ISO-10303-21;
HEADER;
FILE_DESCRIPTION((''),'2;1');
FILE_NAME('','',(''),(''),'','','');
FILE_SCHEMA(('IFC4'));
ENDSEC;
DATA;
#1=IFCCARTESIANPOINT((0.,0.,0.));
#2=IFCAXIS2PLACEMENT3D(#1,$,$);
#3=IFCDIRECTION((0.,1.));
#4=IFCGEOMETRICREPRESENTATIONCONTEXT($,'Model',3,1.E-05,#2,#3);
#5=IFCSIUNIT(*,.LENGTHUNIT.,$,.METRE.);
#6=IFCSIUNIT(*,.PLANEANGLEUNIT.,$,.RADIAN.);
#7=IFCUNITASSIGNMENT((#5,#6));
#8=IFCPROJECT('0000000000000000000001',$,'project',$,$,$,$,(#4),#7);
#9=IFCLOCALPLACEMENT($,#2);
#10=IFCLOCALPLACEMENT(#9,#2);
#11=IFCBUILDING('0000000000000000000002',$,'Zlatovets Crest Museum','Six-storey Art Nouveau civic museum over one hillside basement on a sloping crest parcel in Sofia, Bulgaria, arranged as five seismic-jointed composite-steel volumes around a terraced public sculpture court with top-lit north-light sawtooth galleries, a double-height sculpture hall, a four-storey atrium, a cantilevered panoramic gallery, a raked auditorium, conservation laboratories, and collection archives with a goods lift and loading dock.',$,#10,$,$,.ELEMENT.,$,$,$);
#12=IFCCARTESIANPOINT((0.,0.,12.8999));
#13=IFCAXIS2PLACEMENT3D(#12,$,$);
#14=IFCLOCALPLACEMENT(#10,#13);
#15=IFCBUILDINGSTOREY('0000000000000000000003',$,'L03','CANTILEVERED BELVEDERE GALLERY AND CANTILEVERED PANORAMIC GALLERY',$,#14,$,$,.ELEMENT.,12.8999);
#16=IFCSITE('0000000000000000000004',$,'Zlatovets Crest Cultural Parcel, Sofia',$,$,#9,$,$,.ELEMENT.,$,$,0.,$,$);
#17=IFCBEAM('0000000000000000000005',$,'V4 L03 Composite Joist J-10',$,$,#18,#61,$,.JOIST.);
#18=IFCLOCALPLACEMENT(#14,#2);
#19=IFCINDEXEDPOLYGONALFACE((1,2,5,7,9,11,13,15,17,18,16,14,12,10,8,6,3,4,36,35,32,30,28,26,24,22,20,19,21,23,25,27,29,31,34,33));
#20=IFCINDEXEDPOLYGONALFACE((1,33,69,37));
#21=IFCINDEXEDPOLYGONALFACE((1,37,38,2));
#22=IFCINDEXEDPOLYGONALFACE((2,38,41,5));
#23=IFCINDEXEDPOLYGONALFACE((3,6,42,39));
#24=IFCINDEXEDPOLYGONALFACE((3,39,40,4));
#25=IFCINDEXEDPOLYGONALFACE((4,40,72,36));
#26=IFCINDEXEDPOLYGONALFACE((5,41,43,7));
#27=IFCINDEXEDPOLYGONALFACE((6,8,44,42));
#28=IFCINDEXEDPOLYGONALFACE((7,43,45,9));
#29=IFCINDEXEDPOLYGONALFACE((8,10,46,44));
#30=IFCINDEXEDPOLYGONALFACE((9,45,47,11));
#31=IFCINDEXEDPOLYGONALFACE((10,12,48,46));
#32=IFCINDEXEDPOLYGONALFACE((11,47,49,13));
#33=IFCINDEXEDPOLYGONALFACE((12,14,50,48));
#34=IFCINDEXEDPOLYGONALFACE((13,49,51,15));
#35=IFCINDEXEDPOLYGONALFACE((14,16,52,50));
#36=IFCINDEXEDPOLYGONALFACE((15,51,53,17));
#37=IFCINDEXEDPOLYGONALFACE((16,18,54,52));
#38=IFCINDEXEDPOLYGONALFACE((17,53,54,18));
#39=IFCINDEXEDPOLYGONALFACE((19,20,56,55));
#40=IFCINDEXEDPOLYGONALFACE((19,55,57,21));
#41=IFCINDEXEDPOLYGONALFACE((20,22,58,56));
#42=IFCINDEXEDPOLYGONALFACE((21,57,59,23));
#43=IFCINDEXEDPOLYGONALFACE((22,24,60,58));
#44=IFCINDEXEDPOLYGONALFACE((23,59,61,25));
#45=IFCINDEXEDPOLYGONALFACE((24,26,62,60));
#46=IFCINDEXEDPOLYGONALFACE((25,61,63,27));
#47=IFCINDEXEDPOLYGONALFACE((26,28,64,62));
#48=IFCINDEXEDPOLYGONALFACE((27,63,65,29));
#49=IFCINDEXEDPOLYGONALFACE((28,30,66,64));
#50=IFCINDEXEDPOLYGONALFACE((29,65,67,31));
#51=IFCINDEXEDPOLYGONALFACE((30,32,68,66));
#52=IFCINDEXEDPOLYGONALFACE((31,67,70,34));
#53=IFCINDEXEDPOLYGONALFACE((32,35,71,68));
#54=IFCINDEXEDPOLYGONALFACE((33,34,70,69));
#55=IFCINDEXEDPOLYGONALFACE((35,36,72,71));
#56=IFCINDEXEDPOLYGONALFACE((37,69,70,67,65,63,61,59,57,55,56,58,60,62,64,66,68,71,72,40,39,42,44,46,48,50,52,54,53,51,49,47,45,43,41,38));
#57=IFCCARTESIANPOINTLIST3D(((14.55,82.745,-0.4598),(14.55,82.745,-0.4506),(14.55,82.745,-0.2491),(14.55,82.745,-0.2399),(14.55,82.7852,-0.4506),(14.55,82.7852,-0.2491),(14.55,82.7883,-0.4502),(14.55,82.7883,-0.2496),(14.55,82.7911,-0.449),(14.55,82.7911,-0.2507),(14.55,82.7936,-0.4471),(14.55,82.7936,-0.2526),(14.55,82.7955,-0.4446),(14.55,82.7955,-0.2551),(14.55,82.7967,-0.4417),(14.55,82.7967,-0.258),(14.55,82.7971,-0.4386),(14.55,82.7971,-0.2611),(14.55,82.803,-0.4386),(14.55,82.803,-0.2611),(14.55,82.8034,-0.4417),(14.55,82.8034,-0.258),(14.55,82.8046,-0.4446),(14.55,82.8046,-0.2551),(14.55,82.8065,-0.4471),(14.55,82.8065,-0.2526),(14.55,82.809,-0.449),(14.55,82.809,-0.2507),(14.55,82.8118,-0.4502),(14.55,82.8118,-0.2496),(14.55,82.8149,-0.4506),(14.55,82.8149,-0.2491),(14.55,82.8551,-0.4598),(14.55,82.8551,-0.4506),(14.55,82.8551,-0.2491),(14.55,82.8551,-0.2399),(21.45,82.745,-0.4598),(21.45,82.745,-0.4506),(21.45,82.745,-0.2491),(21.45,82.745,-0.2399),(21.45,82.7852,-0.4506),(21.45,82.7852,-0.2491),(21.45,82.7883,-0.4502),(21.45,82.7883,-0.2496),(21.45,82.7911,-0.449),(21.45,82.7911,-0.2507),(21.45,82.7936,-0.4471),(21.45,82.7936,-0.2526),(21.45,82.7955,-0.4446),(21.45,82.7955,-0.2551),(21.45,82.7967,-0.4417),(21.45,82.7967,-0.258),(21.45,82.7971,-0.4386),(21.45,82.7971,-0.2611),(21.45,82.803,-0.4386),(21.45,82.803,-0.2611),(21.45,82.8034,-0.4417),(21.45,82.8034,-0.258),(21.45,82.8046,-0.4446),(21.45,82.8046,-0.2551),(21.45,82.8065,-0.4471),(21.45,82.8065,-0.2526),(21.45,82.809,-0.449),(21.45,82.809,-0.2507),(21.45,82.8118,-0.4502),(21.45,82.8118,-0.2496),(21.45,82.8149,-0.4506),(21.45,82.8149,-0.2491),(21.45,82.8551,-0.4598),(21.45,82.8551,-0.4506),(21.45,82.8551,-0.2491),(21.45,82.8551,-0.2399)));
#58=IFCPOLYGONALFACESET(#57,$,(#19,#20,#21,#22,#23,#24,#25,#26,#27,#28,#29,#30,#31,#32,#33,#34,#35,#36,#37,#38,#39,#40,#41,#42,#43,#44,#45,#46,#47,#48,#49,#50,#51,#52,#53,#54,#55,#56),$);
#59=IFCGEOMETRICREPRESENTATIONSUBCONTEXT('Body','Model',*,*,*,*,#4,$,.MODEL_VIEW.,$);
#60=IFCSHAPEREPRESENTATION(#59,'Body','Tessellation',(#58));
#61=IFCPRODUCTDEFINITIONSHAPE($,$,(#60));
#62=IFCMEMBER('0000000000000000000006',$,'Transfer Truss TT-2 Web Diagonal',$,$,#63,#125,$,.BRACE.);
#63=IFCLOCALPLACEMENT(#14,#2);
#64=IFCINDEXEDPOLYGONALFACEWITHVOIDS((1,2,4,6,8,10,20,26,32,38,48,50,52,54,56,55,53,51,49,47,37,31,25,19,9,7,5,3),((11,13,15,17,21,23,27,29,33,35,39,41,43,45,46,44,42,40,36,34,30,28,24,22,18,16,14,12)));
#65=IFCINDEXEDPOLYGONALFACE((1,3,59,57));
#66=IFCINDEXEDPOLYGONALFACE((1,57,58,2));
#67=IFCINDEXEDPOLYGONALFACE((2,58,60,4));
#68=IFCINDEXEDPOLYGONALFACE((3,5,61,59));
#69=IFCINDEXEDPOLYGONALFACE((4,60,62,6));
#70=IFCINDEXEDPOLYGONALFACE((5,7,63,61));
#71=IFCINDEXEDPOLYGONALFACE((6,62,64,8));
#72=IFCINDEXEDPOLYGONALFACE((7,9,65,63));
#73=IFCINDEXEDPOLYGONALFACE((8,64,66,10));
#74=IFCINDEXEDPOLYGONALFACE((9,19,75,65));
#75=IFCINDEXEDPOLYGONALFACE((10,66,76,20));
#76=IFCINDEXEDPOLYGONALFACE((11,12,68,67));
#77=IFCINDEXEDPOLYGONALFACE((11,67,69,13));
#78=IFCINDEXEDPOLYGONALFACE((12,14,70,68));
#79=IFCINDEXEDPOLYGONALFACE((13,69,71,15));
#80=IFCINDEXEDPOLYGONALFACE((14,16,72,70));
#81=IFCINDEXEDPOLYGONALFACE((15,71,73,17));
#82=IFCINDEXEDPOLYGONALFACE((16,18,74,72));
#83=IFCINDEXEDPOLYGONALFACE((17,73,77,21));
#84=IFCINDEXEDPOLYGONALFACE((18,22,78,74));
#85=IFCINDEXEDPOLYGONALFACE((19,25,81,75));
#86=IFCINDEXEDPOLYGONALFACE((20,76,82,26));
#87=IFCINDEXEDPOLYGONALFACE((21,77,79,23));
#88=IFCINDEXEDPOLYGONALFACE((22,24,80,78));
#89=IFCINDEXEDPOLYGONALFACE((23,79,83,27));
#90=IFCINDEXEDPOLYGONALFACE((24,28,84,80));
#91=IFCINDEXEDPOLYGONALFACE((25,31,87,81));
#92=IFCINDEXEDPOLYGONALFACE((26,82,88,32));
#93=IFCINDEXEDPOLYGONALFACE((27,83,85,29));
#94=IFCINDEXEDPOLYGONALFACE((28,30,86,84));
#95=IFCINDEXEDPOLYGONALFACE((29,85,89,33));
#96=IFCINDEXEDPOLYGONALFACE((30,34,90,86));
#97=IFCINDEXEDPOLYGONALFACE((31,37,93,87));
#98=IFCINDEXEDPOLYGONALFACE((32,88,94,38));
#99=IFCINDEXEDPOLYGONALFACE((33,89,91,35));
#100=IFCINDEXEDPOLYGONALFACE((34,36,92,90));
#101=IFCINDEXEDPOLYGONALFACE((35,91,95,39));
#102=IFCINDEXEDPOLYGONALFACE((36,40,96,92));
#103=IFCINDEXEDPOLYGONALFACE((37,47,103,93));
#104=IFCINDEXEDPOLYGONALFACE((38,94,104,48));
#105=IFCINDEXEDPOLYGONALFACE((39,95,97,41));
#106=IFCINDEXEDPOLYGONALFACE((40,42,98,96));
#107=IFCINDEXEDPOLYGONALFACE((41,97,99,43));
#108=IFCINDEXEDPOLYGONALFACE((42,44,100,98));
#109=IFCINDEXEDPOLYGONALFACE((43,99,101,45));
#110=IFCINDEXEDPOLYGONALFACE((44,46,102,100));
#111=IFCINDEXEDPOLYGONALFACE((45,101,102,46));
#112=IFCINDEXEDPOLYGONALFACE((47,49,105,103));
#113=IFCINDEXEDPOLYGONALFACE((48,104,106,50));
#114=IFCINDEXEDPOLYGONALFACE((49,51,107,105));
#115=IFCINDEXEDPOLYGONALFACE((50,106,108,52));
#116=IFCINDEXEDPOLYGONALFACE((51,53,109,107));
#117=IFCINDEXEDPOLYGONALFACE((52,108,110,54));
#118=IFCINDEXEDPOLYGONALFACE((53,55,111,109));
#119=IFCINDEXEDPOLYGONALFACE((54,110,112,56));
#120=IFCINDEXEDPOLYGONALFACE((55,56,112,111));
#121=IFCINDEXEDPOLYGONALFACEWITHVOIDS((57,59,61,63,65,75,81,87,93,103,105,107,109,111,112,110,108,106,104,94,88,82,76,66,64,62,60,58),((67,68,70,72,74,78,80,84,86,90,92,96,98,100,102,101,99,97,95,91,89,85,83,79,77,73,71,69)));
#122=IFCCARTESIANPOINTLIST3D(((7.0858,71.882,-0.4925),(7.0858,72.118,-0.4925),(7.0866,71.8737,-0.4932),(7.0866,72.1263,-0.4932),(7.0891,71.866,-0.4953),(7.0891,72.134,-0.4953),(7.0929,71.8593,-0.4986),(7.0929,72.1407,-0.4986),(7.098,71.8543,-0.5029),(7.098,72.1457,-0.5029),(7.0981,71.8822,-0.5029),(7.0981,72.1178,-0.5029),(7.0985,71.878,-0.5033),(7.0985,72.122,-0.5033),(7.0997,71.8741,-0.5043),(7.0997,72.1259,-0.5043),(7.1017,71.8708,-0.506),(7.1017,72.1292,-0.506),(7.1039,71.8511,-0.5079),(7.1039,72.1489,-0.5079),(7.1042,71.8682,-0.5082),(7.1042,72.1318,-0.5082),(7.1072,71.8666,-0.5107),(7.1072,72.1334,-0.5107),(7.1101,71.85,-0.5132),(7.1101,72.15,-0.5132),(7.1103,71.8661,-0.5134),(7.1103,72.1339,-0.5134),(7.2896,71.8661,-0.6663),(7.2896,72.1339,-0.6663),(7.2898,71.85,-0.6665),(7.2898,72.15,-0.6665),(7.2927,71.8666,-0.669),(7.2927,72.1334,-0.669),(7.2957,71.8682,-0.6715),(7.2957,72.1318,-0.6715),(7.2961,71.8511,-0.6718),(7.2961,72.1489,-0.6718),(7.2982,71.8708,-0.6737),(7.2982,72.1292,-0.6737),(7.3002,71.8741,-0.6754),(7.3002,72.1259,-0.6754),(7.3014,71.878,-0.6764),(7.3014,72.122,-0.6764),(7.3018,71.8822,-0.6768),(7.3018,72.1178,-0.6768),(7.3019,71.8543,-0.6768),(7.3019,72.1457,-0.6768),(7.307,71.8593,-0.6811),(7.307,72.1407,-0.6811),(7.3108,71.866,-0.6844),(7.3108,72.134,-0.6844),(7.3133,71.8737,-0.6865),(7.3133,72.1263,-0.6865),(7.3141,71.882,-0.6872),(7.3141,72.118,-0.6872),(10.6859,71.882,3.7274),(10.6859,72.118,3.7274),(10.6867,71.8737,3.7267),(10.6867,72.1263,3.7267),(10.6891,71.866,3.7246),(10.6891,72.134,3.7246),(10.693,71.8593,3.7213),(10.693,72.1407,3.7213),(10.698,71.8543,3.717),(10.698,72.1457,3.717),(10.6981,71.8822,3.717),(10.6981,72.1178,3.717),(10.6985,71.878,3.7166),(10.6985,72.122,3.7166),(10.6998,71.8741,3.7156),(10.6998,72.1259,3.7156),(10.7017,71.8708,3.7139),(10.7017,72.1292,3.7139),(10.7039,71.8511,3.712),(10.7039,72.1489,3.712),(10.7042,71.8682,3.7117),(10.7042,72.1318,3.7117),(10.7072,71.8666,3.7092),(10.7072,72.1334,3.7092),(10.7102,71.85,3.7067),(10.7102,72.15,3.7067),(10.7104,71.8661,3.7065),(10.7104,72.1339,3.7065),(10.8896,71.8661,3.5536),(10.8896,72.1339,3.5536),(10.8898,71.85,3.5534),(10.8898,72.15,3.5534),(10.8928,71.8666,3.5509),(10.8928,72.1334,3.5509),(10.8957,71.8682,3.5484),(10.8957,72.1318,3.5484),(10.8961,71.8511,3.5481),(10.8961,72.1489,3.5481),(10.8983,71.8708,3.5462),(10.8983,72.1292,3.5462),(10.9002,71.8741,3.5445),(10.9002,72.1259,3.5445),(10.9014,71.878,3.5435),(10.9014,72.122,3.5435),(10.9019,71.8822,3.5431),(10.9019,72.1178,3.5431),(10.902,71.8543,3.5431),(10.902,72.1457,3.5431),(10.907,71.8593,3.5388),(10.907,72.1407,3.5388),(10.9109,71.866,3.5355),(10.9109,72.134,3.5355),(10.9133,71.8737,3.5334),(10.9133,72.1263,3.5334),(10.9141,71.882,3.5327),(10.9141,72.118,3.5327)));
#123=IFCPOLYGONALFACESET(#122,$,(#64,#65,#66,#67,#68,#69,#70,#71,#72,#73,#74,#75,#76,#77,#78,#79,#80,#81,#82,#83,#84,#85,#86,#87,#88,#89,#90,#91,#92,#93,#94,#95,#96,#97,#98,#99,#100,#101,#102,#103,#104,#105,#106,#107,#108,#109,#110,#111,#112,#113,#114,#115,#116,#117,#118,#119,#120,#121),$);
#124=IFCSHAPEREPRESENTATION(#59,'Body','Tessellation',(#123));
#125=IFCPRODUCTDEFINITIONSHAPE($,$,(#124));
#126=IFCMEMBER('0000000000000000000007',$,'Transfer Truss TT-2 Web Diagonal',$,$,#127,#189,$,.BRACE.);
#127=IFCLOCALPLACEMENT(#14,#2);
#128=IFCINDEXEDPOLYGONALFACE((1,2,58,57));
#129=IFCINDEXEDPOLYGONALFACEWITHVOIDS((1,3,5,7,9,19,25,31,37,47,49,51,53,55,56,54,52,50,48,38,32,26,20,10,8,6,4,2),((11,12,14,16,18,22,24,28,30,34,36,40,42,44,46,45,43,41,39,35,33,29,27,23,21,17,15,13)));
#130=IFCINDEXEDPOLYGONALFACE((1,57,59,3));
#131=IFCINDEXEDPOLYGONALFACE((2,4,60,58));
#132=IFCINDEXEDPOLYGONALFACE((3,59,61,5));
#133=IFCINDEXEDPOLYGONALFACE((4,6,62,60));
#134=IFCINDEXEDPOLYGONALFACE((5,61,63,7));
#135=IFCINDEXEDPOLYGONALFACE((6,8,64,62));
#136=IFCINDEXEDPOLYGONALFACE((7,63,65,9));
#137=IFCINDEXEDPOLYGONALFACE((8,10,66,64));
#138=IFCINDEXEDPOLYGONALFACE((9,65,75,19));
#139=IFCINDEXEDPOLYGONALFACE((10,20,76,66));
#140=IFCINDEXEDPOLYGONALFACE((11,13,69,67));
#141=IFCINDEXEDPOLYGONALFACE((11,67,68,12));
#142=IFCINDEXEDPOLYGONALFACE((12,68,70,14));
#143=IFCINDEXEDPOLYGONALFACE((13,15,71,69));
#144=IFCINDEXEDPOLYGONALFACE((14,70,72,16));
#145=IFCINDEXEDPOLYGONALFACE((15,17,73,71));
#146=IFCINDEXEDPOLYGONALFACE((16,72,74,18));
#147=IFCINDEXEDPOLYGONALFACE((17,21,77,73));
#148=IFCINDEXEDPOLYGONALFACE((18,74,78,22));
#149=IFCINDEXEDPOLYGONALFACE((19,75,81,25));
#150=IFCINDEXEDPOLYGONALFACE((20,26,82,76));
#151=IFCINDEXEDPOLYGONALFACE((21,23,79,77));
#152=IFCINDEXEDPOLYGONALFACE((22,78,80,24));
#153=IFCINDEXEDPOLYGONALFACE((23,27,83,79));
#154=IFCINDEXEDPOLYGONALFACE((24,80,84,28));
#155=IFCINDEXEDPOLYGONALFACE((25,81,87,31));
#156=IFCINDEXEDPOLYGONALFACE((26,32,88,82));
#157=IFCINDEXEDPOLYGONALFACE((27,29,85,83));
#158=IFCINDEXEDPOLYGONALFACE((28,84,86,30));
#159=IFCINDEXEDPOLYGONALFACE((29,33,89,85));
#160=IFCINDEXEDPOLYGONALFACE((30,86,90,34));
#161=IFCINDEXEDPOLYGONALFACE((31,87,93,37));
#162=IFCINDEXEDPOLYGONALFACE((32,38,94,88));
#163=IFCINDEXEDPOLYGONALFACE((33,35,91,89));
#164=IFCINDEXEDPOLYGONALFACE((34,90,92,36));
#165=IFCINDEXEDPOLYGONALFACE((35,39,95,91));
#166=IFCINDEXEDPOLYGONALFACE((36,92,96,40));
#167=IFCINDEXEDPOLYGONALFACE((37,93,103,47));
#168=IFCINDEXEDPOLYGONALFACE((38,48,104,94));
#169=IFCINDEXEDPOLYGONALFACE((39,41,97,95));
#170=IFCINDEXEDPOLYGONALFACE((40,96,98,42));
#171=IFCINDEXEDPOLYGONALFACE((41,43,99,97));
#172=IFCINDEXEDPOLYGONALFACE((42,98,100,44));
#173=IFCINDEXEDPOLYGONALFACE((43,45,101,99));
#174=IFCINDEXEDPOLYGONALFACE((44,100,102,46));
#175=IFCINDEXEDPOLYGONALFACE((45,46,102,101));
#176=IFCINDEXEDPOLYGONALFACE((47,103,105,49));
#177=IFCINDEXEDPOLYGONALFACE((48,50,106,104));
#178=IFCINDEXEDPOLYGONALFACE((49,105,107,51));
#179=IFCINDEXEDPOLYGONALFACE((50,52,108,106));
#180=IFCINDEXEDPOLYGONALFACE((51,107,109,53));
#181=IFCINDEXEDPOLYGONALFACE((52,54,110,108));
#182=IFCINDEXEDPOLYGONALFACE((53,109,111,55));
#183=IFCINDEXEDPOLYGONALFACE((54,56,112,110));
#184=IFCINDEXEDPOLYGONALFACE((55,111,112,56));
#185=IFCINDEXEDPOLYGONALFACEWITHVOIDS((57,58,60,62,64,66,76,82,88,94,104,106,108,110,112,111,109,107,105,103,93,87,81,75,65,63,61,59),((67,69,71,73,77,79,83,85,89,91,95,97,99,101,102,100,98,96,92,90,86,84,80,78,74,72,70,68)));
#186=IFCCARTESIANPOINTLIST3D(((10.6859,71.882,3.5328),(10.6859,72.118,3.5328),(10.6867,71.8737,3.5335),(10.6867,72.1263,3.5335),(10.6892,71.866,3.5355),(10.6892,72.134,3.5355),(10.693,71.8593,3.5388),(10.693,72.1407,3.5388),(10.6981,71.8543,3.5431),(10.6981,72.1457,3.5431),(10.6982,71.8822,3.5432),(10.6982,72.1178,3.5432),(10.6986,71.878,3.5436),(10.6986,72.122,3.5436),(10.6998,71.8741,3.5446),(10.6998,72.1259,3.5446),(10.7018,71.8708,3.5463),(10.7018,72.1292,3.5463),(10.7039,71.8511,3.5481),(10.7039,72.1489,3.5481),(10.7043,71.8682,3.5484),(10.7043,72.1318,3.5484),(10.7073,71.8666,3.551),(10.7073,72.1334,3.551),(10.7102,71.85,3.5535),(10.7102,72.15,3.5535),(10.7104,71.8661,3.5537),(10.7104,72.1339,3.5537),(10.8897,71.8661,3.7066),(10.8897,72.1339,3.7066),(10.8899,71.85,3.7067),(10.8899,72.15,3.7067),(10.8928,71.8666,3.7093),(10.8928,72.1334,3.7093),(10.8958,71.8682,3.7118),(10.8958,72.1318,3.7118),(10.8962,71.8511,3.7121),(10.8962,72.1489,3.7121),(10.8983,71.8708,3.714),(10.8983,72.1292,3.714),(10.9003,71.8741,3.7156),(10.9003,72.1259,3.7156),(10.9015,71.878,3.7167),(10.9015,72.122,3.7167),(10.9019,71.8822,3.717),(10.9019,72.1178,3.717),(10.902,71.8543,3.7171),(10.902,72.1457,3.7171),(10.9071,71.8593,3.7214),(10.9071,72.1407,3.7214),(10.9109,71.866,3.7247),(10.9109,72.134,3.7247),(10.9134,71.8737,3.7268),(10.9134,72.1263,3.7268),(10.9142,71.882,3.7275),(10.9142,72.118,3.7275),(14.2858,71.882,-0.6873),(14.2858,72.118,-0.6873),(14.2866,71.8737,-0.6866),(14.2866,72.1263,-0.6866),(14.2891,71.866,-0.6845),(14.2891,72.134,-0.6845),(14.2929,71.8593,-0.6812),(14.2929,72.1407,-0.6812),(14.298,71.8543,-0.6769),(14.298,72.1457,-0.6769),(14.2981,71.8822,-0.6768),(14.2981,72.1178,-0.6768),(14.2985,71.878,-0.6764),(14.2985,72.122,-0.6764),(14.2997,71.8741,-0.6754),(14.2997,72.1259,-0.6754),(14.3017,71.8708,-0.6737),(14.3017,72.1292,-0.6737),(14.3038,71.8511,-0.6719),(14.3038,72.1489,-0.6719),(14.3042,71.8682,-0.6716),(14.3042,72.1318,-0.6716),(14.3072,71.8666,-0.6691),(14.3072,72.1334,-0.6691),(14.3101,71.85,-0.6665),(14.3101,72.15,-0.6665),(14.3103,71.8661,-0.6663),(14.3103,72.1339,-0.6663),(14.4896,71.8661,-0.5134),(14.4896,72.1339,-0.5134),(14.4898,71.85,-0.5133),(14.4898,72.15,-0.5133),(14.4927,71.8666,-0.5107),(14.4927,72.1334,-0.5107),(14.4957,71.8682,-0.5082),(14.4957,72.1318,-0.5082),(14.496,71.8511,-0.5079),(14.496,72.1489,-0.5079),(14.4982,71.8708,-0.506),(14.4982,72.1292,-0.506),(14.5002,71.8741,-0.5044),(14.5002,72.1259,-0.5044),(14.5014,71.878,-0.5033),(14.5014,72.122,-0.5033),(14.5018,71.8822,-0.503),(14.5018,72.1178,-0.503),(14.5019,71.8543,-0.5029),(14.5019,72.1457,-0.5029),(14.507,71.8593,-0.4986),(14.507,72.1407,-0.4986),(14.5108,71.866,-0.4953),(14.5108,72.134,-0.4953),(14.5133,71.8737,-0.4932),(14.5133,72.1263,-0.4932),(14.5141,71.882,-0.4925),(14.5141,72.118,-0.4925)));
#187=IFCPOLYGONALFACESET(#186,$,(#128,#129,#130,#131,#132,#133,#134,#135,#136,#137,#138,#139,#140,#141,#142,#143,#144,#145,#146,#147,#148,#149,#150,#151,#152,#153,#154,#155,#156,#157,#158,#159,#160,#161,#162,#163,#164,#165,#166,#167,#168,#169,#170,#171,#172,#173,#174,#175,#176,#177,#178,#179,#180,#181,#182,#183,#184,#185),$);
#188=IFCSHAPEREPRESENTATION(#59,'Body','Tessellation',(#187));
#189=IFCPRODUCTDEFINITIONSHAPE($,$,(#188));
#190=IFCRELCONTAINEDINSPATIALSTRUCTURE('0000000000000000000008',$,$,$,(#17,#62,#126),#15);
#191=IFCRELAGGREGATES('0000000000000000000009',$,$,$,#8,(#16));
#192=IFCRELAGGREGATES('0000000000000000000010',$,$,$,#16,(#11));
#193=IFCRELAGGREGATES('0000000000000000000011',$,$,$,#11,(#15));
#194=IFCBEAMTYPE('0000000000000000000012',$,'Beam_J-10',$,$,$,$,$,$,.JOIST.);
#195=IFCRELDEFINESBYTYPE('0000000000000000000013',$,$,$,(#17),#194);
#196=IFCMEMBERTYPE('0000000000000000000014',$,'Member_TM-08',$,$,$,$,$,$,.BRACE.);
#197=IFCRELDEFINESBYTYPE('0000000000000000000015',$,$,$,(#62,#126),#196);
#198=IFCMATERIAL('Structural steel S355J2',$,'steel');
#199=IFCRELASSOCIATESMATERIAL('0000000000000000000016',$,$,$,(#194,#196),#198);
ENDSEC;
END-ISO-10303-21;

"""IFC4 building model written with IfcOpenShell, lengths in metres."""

from ifc_helpers import new_model, si_unit, direction, frame, origin, origin_2d, place, context, subcontext, project, spatial, hollow_rectangle, i_section, extrude, material, material_profile, profile_set, type_object, element, save


model = new_model("IFC4")

# Units and contexts
model_context = context("Model", 3, precision=1e-05, world=origin(), true_north=direction((0.0, 1.0)))
body_context = subcontext(model_context, "Body", "Model", "MODEL_VIEW")
ifc_project = project(units=[si_unit("LENGTHUNIT", "METRE"), si_unit("PLANEANGLEUNIT", "RADIAN")], contexts=[model_context])

# Site, building, storey
site_placement = place(None, origin())
site = spatial("IfcSite", under=ifc_project, at=site_placement, Name="Zlatovets Crest Cultural Parcel, Sofia", CompositionType="ELEMENT", RefElevation=0.0)
building_placement = place(site_placement, origin())
building = spatial("IfcBuilding", under=site, at=building_placement, Name="Zlatovets Crest Museum", Description="Six-storey Art Nouveau civic museum over one hillside basement on a sloping crest parcel in Sofia, Bulgaria, arranged as five seismic-jointed composite-steel volumes around a terraced public sculpture court with top-lit north-light sawtooth galleries, a double-height sculpture hall, a four-storey atrium, a cantilevered panoramic gallery, a raked auditorium, conservation laboratories, and collection archives with a goods lift and loading dock.", CompositionType="ELEMENT")
storey_placement = place(building_placement, frame((0.0, 0.0, 12.8999)))
storey = spatial("IfcBuildingStorey", under=building, at=storey_placement, Name="L03", Description="CANTILEVERED BELVEDERE GALLERY AND CANTILEVERED PANORAMIC GALLERY", CompositionType="ELEMENT", Elevation=12.8999)

# Shared definitions
ifc_material = material(Name="Structural steel S355J2", Category="steel")

# Beam
ifc_material_profile_1 = material_profile(ifc_material, i_section(OverallWidth=0.1101, OverallDepth=0.22, WebThickness=0.0059, FlangeThickness=0.0093, FilletRadius=0.012, at=origin_2d()), Name="IPE 220")
ifc_profile_set_1 = profile_set([ifc_material_profile_1], Name="Structural steel S355J2")
beam_type_1 = type_object("IfcBeamType", Name="Beam_J-10", PredefinedType="JOIST", material=ifc_profile_set_1)
for number, where, z_axis, x_axis, name in (
    (1, (14.55, 82.8, -0.3499), (1.0, 0.0, 0.0), (0.0, 1.0, 0.0), "V4 L03 Composite Joist J-10"),
):
    element("IfcBeam", number, at=place(storey_placement, frame(where, z_axis=z_axis, x_axis=x_axis)), inside=storey, type_object=beam_type_1, Name=name, PredefinedType="JOIST", context=body_context, shape_type="SweptSolid", body=[
        extrude(i_section(OverallWidth=0.1101, OverallDepth=0.22, WebThickness=0.0059, FlangeThickness=0.0093, FilletRadius=0.012, at=origin_2d()), origin(), (0.0, 0.0, 1.0), 6.8999),
    ])

# Members
ifc_material_profile_2 = material_profile(ifc_material, hollow_rectangle(XDim=0.3, YDim=0.3, WallThickness=0.0161, InnerFilletRadius=0.0161, OuterFilletRadius=0.032, at=origin_2d()), Name="SHS 300x300x16.0")
ifc_profile_set_2 = profile_set([ifc_material_profile_2], Name="Structural steel S355J2")
member_type = type_object("IfcMemberType", Name="Member_TM-08", PredefinedType="BRACE", material=ifc_profile_set_2)
for number, where, z_axis, x_axis, name in (
    (2, (7.2, 72.0, -0.5898), (0.649021, 0.0, 0.760771), (0.0, 1.0, 0.0), "Transfer Truss TT-2 Web Diagonal"),
    (3, (10.8, 72.0, 3.6301), (0.648995, 0.0, -0.760792), (0.0, 1.0, 0.0), "Transfer Truss TT-2 Web Diagonal"),
):
    element("IfcMember", number, at=place(storey_placement, frame(where, z_axis=z_axis, x_axis=x_axis)), inside=storey, type_object=member_type, Name=name, PredefinedType="BRACE", context=body_context, shape_type="SweptSolid", body=[
        extrude(hollow_rectangle(XDim=0.3, YDim=0.3, WallThickness=0.0161, InnerFilletRadius=0.0161, OuterFilletRadius=0.032, at=origin_2d()), origin(), (0.0, 0.0, 1.0), 5.5469),
    ])

save(model, "model.ifc")
